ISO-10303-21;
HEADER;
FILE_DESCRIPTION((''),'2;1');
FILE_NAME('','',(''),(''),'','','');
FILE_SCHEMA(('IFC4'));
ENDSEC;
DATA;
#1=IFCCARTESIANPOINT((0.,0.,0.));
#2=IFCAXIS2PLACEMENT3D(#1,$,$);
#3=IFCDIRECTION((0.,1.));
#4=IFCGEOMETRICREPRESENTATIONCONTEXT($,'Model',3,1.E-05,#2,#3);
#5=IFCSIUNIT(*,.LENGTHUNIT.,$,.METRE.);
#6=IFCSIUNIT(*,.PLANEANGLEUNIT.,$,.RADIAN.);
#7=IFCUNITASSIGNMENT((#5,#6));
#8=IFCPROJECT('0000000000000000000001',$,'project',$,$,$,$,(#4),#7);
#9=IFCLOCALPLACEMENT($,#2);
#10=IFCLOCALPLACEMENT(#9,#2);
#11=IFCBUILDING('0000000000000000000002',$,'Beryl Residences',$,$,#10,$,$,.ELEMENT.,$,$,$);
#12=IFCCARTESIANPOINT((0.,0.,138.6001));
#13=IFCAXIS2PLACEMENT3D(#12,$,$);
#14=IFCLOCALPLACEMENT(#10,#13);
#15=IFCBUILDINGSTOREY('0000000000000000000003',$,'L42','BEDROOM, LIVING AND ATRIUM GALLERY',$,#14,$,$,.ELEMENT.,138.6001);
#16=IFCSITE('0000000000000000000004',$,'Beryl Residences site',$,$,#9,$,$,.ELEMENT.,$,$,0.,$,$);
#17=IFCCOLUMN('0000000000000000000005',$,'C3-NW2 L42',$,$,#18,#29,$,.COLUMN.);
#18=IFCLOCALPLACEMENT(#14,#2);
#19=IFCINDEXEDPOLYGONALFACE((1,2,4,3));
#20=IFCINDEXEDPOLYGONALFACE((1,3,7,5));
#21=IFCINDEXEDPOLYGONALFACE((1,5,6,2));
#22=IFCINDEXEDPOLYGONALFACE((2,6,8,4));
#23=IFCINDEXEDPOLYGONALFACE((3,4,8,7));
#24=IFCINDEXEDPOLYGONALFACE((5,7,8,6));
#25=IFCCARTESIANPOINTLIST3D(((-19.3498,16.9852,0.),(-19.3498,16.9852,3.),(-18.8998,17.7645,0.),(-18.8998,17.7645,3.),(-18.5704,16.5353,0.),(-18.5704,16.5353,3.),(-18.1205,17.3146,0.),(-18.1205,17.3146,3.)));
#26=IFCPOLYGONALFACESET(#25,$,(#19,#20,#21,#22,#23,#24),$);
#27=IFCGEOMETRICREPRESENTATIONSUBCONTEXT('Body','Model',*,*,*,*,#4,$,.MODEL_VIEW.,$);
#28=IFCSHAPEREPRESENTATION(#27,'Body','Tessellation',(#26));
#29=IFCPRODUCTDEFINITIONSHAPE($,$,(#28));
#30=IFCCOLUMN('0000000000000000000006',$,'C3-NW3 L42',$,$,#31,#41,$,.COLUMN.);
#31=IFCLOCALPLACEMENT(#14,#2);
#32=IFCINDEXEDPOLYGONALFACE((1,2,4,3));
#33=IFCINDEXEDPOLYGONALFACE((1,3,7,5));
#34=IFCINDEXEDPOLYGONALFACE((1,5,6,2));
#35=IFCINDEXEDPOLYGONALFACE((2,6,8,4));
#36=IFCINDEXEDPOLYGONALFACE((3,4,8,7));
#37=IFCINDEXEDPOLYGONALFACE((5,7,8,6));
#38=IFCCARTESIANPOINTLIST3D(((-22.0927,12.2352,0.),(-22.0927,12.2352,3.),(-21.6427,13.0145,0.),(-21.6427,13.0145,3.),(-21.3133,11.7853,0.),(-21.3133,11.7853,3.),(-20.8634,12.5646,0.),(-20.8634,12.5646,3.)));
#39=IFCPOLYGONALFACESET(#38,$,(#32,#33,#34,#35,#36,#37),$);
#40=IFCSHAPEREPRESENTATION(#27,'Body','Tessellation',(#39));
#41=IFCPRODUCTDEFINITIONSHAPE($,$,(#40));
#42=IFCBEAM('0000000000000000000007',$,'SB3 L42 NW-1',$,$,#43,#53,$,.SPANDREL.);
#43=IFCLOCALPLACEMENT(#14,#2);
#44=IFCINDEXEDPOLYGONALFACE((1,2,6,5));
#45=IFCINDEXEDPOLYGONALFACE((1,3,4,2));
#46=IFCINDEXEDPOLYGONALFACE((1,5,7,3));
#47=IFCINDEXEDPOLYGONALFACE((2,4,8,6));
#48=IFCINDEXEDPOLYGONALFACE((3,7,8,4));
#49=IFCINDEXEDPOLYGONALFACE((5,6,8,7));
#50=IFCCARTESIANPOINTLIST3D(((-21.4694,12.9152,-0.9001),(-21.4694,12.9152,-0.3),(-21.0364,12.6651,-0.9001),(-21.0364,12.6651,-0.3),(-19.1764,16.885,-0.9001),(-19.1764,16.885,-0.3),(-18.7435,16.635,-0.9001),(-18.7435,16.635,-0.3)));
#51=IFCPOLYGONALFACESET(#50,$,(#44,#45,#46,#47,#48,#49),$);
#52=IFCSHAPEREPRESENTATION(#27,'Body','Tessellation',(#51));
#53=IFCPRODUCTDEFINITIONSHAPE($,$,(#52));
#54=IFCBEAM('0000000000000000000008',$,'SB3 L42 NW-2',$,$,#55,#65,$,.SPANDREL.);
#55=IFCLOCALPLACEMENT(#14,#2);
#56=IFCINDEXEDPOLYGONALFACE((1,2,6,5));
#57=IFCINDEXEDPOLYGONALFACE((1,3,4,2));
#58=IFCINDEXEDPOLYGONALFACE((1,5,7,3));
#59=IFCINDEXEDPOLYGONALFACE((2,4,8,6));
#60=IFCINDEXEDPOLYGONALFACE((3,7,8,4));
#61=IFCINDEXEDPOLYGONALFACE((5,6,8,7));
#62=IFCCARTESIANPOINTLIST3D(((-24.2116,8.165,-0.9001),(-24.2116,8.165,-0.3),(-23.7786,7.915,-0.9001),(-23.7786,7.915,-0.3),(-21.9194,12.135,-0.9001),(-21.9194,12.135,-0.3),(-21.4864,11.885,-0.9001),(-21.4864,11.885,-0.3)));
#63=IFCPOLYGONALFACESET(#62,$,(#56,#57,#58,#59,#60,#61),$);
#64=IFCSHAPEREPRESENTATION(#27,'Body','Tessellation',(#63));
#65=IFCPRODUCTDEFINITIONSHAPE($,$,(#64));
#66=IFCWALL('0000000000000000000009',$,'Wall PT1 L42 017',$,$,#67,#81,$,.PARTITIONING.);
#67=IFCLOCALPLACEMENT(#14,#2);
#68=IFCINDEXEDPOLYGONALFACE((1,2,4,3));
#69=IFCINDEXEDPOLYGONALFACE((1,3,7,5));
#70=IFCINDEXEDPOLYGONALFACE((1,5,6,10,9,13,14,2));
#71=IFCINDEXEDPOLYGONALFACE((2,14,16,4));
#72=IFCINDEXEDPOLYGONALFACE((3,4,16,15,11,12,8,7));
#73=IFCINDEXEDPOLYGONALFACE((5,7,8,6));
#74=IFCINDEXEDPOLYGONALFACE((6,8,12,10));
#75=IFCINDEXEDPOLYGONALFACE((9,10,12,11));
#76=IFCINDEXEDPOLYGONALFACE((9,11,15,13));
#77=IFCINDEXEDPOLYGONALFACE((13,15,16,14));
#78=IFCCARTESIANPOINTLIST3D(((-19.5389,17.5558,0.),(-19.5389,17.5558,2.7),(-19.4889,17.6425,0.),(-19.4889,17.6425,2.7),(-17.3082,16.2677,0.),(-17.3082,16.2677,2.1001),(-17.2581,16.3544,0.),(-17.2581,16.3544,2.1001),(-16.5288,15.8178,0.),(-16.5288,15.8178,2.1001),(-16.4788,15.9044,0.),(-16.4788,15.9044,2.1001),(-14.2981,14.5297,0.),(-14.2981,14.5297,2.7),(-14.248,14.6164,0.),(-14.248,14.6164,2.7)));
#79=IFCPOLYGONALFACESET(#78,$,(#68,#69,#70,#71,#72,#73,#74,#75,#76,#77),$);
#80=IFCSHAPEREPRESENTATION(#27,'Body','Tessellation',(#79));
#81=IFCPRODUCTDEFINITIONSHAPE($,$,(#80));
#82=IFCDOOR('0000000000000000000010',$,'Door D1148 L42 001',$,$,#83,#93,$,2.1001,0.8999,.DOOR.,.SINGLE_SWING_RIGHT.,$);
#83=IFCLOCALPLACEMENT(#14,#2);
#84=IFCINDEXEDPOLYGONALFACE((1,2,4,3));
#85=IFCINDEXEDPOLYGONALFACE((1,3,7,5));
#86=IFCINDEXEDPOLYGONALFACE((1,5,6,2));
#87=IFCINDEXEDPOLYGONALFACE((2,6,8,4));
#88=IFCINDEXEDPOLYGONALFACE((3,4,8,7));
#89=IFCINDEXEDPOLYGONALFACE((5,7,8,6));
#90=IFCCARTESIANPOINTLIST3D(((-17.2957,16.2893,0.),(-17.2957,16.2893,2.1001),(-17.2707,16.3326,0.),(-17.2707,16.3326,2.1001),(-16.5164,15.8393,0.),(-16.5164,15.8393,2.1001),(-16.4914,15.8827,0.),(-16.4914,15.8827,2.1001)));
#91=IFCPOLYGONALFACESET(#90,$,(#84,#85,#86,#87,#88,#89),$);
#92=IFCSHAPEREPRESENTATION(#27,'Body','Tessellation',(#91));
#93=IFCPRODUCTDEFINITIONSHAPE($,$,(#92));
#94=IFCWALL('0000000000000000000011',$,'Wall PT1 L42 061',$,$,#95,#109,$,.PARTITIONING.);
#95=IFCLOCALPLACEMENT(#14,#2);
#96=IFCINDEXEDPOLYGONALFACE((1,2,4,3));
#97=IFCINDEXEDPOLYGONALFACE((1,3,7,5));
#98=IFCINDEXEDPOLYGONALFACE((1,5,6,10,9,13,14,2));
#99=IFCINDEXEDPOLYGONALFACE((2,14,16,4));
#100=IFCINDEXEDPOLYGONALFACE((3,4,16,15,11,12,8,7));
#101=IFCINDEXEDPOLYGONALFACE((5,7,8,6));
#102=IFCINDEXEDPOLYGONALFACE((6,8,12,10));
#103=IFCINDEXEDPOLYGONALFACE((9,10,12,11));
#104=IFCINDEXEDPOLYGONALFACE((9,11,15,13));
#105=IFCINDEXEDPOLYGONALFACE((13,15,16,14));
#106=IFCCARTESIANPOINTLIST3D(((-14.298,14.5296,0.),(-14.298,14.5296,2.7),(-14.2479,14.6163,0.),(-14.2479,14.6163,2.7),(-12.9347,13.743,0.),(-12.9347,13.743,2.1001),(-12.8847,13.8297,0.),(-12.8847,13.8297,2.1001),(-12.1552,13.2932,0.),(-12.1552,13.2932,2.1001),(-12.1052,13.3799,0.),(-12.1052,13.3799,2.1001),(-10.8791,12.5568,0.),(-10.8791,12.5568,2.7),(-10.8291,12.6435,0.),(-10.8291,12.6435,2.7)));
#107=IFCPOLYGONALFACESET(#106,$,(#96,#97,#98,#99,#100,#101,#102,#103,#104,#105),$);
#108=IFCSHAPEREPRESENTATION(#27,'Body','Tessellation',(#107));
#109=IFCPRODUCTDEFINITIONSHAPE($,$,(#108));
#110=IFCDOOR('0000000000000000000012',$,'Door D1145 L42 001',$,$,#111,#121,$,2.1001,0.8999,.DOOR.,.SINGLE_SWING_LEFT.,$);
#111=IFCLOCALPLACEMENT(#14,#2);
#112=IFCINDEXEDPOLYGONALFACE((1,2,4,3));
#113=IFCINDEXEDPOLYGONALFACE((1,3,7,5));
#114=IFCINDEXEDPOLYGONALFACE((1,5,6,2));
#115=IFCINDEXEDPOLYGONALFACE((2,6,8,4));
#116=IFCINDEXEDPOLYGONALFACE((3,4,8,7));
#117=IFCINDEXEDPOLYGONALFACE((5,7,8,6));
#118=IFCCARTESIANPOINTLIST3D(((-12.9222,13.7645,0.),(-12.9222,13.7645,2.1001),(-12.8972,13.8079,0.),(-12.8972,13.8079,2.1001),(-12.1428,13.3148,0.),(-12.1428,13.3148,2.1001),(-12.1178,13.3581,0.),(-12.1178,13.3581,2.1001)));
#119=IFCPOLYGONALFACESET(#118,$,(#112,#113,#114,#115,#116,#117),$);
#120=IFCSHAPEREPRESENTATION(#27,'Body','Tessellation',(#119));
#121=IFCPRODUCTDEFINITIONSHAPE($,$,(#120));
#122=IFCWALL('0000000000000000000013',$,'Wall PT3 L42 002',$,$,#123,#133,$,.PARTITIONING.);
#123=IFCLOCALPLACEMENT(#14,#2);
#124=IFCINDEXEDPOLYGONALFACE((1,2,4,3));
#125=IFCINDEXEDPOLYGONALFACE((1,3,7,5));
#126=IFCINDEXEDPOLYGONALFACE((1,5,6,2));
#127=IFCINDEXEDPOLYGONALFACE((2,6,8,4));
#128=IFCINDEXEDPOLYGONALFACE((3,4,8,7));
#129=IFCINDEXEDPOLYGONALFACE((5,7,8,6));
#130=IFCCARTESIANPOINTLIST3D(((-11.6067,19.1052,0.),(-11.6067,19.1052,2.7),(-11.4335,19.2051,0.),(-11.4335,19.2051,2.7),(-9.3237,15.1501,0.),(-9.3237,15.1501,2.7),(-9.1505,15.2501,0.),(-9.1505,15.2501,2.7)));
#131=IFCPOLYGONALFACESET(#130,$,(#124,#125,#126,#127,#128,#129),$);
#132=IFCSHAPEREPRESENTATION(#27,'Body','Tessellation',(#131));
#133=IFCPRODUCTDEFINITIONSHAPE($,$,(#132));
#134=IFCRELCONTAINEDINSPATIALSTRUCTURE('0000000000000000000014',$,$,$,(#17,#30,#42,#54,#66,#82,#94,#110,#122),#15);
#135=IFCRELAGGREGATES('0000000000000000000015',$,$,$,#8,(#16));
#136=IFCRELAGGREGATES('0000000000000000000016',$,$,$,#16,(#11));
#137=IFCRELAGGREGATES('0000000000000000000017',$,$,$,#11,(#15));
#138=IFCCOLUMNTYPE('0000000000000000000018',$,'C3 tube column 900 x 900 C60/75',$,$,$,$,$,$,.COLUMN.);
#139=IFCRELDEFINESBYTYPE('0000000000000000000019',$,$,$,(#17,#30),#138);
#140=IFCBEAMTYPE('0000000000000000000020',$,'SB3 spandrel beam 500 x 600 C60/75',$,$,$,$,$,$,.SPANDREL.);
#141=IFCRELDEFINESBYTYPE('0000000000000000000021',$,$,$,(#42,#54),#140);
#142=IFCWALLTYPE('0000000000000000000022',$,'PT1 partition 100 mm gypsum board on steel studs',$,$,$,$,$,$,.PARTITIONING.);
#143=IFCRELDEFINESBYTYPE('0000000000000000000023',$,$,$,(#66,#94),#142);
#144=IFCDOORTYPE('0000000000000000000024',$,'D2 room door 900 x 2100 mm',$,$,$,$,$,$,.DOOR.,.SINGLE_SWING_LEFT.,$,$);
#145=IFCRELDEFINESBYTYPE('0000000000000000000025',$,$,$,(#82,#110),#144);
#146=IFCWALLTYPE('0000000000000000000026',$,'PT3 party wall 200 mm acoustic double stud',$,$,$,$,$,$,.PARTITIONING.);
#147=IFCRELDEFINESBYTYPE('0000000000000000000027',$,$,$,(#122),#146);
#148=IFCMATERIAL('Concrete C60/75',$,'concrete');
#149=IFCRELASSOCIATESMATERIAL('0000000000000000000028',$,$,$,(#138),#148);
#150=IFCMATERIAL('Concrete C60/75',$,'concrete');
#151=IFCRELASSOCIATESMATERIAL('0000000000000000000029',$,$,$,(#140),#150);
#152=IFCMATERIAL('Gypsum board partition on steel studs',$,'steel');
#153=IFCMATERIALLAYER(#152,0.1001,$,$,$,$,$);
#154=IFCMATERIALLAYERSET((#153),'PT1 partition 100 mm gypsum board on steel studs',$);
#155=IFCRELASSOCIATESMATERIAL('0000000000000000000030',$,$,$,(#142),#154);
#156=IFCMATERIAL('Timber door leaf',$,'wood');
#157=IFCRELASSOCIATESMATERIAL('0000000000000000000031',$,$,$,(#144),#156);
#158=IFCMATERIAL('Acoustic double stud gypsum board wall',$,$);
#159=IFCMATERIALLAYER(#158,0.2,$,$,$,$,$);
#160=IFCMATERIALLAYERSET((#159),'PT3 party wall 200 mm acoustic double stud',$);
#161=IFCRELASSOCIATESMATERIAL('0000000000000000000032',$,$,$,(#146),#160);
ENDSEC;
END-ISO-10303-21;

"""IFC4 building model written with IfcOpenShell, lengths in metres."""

from ifc_helpers import new_model, si_unit, direction, frame, frame_2d, origin, origin_2d, place, context, subcontext, project, spatial, rectangle, extrude, material, layer, layer_set, material_profile, profile_set, type_object, element, fill, save


model = new_model("IFC4")

# Units and contexts
model_context = context("Model", 3, precision=1e-05, world=origin(), true_north=direction((0.0, 1.0)))
body_context = subcontext(model_context, "Body", "Model", "MODEL_VIEW")
ifc_project = project(units=[si_unit("LENGTHUNIT", "METRE"), si_unit("PLANEANGLEUNIT", "RADIAN")], contexts=[model_context])

# Site, building, storey
site_placement = place(None, origin())
site = spatial("IfcSite", under=ifc_project, at=site_placement, Name="Beryl Residences site", CompositionType="ELEMENT", RefElevation=0.0)
building_placement = place(site_placement, origin())
building = spatial("IfcBuilding", under=site, at=building_placement, Name="Beryl Residences", CompositionType="ELEMENT")
storey_placement = place(building_placement, frame((0.0, 0.0, 138.6001)))
storey = spatial("IfcBuildingStorey", under=building, at=storey_placement, Name="L42", Description="BEDROOM, LIVING AND ATRIUM GALLERY", CompositionType="ELEMENT", Elevation=138.6001)

# Columns
ifc_material_1 = material(Name="Concrete C60/75", Category="concrete")
ifc_material_profile_1 = material_profile(ifc_material_1, rectangle(XDim=0.8999, YDim=0.8999, at=origin_2d()))
ifc_profile_set_1 = profile_set([ifc_material_profile_1], Name="Concrete C60/75")
column_type = type_object("IfcColumnType", Name="C3 tube column 900 x 900 C60/75", PredefinedType="COLUMN", material=ifc_profile_set_1)
for number, where, z_axis, x_axis, name in (
    (1, (-18.7351, 17.1499, 0.0), (0.0, 0.0, 1.0), (-0.5, -0.866025, 0.0), "C3-NW2 L42"),
    (2, (-21.478, 12.3999, 0.0), (0.0, 0.0, 1.0), (-0.5, -0.866025, 0.0), "C3-NW3 L42"),
):
    element("IfcColumn", number, at=place(storey_placement, frame(where, z_axis=z_axis, x_axis=x_axis)), inside=storey, type_object=column_type, Name=name, PredefinedType="COLUMN", context=body_context, shape_type="SweptSolid", body=[
        extrude(rectangle(XDim=0.8999, YDim=0.8999, at=origin_2d()), origin(), (0.0, 0.0, 1.0), 3.0),
    ])

# Beams
ifc_material_2 = material(Name="Concrete C60/75", Category="concrete")
ifc_material_profile_2 = material_profile(ifc_material_2, rectangle(XDim=0.5, YDim=0.6001, at=origin_2d()))
ifc_profile_set_2 = profile_set([ifc_material_profile_2], Name="Concrete C60/75")
beam_type = type_object("IfcBeamType", Name="SB3 spandrel beam 500 x 600 C60/75", PredefinedType="SPANDREL", material=ifc_profile_set_2)
beam_1_placement = place(storey_placement, frame((-18.96, 16.76, -0.6001), z_axis=(-0.500148, -0.86594, 0.0), x_axis=(0.86594, -0.500148, 0.0)))
element("IfcBeam", 3, at=beam_1_placement, inside=storey, type_object=beam_type, Name="SB3 L42 NW-1", PredefinedType="SPANDREL", context=body_context, shape_type="SweptSolid", body=[
    extrude(rectangle(XDim=0.5, YDim=0.6001, at=origin_2d()), origin(), (0.0, 0.0, 1.0), 4.5845),
])
beam_2_placement = place(storey_placement, frame((-21.7029, 12.01, -0.6001), z_axis=(-0.500028, -0.866009, 0.0), x_axis=(0.866009, -0.500028, 0.0)))
element("IfcBeam", 4, at=beam_2_placement, inside=storey, type_object=beam_type, Name="SB3 L42 NW-2", PredefinedType="SPANDREL", context=body_context, shape_type="SweptSolid", body=[
    extrude(rectangle(XDim=0.5, YDim=0.6001, at=origin_2d()), origin(), (0.0, 0.0, 1.0), 4.5842),
])

# Walls, openings, doors
ifc_material_3 = material(Name="Gypsum board partition on steel studs", Category="steel")
ifc_layer_1 = layer(ifc_material_3, 0.1001)
ifc_layer_set_1 = layer_set([ifc_layer_1], Name="PT1 partition 100 mm gypsum board on steel studs")
wall_type_1 = type_object("IfcWallType", Name="PT1 partition 100 mm gypsum board on steel studs", PredefinedType="PARTITIONING", material=ifc_layer_set_1)
wall_1_placement = place(storey_placement, frame((-19.5139, 17.5991, 0.0), z_axis=(0.0, 0.0, 1.0), x_axis=(0.866008, -0.500031, 0.0)))
wall_1 = element("IfcWall", 5, at=wall_1_placement, inside=storey, type_object=wall_type_1, Name="Wall PT1 L42 017", PredefinedType="PARTITIONING", context=body_context, shape_type="SweptSolid", body=[
    extrude(rectangle(XDim=6.0518, YDim=0.1001, at=frame_2d((3.0259, 0.0))), origin(), (0.0, 0.0, 1.0), 2.7),
])
opening_1_placement = place(wall_1_placement, frame((2.5759, 0.0, 0.0)))
opening_1 = element("IfcOpeningElement", 6, at=opening_1_placement, cuts=wall_1, PredefinedType="OPENING", context=body_context, shape_type="SweptSolid", body=[
    extrude(rectangle(XDim=0.8999, YDim=2.1001, at=frame_2d((0.45, 1.05))), frame((0.0, 0.0601, 0.0), z_axis=(0.0, -1.0, 0.0), x_axis=(1.0, 0.0, 0.0)), (0.0, 0.0, 1.0), 0.1201),
])
ifc_material_4 = material(Name="Timber door leaf", Category="wood")
door_type = type_object("IfcDoorType", Name="D2 room door 900 x 2100 mm", OperationType="SINGLE_SWING_LEFT", PredefinedType="DOOR", material=ifc_material_4)
door_1_placement = place(opening_1_placement, origin())
door_1 = element("IfcDoor", 7, at=door_1_placement, inside=storey, type_object=door_type, Name="Door D1148 L42 001", OperationType="SINGLE_SWING_RIGHT", OverallHeight=2.1001, OverallWidth=0.8999, PredefinedType="DOOR", context=body_context, shape_type="SweptSolid", body=[
    extrude(rectangle(XDim=0.8999, YDim=2.1001, at=frame_2d((0.45, 1.05))), frame((0.0, 0.0249, 0.0), z_axis=(0.0, -1.0, 0.0), x_axis=(1.0, 0.0, 0.0)), (0.0, 0.0, 1.0), 0.05),
])
fill(opening_1, door_1)
wall_2_placement = place(storey_placement, frame((-14.2729, 14.573, 0.0), z_axis=(0.0, 0.0, 1.0), x_axis=(0.866138, -0.499805, 0.0)))
wall_2 = element("IfcWall", 8, at=wall_2_placement, inside=storey, type_object=wall_type_1, Name="Wall PT1 L42 061", PredefinedType="PARTITIONING", context=body_context, shape_type="SweptSolid", body=[
    extrude(rectangle(XDim=3.9473, YDim=0.1001, at=frame_2d((1.9736, 0.0))), origin(), (0.0, 0.0, 1.0), 2.7),
])
opening_2_placement = place(wall_2_placement, frame((1.574, 0.0, 0.0)))
opening_2 = element("IfcOpeningElement", 9, at=opening_2_placement, cuts=wall_2, PredefinedType="OPENING", context=body_context, shape_type="SweptSolid", body=[
    extrude(rectangle(XDim=0.8999, YDim=2.1001, at=frame_2d((0.45, 1.05))), frame((0.0, 0.0601, 0.0), z_axis=(0.0, -1.0, 0.0), x_axis=(1.0, 0.0, 0.0)), (0.0, 0.0, 1.0), 0.1201),
])
door_2_placement = place(opening_2_placement, origin())
door_2 = element("IfcDoor", 10, at=door_2_placement, inside=storey, type_object=door_type, Name="Door D1145 L42 001", OperationType="SINGLE_SWING_LEFT", OverallHeight=2.1001, OverallWidth=0.8999, PredefinedType="DOOR", context=body_context, shape_type="SweptSolid", body=[
    extrude(rectangle(XDim=0.8999, YDim=2.1001, at=frame_2d((0.45, 1.05))), frame((0.0, 0.0249, 0.0), z_axis=(0.0, -1.0, 0.0), x_axis=(1.0, 0.0, 0.0)), (0.0, 0.0, 1.0), 0.05),
])
fill(opening_2, door_2)

# Wall
ifc_material_5 = material(Name="Acoustic double stud gypsum board wall")
ifc_layer_2 = layer(ifc_material_5, 0.2)
ifc_layer_set_2 = layer_set([ifc_layer_2], Name="PT3 party wall 200 mm acoustic double stud")
wall_type_2 = type_object("IfcWallType", Name="PT3 party wall 200 mm acoustic double stud", PredefinedType="PARTITIONING", material=ifc_layer_set_2)
wall_3_placement = place(storey_placement, frame((-11.52, 19.155, 0.0), z_axis=(0.0, 0.0, 1.0), x_axis=(0.499917, -0.866073, 0.0)))
element("IfcWall", 11, at=wall_3_placement, inside=storey, type_object=wall_type_2, Name="Wall PT3 L42 002", PredefinedType="PARTITIONING", context=body_context, shape_type="SweptSolid", body=[
    extrude(rectangle(XDim=4.5667, YDim=0.2, at=frame_2d((2.2832, 0.0))), origin(), (0.0, 0.0, 1.0), 2.7),
])

save(model, "model.ifc")
